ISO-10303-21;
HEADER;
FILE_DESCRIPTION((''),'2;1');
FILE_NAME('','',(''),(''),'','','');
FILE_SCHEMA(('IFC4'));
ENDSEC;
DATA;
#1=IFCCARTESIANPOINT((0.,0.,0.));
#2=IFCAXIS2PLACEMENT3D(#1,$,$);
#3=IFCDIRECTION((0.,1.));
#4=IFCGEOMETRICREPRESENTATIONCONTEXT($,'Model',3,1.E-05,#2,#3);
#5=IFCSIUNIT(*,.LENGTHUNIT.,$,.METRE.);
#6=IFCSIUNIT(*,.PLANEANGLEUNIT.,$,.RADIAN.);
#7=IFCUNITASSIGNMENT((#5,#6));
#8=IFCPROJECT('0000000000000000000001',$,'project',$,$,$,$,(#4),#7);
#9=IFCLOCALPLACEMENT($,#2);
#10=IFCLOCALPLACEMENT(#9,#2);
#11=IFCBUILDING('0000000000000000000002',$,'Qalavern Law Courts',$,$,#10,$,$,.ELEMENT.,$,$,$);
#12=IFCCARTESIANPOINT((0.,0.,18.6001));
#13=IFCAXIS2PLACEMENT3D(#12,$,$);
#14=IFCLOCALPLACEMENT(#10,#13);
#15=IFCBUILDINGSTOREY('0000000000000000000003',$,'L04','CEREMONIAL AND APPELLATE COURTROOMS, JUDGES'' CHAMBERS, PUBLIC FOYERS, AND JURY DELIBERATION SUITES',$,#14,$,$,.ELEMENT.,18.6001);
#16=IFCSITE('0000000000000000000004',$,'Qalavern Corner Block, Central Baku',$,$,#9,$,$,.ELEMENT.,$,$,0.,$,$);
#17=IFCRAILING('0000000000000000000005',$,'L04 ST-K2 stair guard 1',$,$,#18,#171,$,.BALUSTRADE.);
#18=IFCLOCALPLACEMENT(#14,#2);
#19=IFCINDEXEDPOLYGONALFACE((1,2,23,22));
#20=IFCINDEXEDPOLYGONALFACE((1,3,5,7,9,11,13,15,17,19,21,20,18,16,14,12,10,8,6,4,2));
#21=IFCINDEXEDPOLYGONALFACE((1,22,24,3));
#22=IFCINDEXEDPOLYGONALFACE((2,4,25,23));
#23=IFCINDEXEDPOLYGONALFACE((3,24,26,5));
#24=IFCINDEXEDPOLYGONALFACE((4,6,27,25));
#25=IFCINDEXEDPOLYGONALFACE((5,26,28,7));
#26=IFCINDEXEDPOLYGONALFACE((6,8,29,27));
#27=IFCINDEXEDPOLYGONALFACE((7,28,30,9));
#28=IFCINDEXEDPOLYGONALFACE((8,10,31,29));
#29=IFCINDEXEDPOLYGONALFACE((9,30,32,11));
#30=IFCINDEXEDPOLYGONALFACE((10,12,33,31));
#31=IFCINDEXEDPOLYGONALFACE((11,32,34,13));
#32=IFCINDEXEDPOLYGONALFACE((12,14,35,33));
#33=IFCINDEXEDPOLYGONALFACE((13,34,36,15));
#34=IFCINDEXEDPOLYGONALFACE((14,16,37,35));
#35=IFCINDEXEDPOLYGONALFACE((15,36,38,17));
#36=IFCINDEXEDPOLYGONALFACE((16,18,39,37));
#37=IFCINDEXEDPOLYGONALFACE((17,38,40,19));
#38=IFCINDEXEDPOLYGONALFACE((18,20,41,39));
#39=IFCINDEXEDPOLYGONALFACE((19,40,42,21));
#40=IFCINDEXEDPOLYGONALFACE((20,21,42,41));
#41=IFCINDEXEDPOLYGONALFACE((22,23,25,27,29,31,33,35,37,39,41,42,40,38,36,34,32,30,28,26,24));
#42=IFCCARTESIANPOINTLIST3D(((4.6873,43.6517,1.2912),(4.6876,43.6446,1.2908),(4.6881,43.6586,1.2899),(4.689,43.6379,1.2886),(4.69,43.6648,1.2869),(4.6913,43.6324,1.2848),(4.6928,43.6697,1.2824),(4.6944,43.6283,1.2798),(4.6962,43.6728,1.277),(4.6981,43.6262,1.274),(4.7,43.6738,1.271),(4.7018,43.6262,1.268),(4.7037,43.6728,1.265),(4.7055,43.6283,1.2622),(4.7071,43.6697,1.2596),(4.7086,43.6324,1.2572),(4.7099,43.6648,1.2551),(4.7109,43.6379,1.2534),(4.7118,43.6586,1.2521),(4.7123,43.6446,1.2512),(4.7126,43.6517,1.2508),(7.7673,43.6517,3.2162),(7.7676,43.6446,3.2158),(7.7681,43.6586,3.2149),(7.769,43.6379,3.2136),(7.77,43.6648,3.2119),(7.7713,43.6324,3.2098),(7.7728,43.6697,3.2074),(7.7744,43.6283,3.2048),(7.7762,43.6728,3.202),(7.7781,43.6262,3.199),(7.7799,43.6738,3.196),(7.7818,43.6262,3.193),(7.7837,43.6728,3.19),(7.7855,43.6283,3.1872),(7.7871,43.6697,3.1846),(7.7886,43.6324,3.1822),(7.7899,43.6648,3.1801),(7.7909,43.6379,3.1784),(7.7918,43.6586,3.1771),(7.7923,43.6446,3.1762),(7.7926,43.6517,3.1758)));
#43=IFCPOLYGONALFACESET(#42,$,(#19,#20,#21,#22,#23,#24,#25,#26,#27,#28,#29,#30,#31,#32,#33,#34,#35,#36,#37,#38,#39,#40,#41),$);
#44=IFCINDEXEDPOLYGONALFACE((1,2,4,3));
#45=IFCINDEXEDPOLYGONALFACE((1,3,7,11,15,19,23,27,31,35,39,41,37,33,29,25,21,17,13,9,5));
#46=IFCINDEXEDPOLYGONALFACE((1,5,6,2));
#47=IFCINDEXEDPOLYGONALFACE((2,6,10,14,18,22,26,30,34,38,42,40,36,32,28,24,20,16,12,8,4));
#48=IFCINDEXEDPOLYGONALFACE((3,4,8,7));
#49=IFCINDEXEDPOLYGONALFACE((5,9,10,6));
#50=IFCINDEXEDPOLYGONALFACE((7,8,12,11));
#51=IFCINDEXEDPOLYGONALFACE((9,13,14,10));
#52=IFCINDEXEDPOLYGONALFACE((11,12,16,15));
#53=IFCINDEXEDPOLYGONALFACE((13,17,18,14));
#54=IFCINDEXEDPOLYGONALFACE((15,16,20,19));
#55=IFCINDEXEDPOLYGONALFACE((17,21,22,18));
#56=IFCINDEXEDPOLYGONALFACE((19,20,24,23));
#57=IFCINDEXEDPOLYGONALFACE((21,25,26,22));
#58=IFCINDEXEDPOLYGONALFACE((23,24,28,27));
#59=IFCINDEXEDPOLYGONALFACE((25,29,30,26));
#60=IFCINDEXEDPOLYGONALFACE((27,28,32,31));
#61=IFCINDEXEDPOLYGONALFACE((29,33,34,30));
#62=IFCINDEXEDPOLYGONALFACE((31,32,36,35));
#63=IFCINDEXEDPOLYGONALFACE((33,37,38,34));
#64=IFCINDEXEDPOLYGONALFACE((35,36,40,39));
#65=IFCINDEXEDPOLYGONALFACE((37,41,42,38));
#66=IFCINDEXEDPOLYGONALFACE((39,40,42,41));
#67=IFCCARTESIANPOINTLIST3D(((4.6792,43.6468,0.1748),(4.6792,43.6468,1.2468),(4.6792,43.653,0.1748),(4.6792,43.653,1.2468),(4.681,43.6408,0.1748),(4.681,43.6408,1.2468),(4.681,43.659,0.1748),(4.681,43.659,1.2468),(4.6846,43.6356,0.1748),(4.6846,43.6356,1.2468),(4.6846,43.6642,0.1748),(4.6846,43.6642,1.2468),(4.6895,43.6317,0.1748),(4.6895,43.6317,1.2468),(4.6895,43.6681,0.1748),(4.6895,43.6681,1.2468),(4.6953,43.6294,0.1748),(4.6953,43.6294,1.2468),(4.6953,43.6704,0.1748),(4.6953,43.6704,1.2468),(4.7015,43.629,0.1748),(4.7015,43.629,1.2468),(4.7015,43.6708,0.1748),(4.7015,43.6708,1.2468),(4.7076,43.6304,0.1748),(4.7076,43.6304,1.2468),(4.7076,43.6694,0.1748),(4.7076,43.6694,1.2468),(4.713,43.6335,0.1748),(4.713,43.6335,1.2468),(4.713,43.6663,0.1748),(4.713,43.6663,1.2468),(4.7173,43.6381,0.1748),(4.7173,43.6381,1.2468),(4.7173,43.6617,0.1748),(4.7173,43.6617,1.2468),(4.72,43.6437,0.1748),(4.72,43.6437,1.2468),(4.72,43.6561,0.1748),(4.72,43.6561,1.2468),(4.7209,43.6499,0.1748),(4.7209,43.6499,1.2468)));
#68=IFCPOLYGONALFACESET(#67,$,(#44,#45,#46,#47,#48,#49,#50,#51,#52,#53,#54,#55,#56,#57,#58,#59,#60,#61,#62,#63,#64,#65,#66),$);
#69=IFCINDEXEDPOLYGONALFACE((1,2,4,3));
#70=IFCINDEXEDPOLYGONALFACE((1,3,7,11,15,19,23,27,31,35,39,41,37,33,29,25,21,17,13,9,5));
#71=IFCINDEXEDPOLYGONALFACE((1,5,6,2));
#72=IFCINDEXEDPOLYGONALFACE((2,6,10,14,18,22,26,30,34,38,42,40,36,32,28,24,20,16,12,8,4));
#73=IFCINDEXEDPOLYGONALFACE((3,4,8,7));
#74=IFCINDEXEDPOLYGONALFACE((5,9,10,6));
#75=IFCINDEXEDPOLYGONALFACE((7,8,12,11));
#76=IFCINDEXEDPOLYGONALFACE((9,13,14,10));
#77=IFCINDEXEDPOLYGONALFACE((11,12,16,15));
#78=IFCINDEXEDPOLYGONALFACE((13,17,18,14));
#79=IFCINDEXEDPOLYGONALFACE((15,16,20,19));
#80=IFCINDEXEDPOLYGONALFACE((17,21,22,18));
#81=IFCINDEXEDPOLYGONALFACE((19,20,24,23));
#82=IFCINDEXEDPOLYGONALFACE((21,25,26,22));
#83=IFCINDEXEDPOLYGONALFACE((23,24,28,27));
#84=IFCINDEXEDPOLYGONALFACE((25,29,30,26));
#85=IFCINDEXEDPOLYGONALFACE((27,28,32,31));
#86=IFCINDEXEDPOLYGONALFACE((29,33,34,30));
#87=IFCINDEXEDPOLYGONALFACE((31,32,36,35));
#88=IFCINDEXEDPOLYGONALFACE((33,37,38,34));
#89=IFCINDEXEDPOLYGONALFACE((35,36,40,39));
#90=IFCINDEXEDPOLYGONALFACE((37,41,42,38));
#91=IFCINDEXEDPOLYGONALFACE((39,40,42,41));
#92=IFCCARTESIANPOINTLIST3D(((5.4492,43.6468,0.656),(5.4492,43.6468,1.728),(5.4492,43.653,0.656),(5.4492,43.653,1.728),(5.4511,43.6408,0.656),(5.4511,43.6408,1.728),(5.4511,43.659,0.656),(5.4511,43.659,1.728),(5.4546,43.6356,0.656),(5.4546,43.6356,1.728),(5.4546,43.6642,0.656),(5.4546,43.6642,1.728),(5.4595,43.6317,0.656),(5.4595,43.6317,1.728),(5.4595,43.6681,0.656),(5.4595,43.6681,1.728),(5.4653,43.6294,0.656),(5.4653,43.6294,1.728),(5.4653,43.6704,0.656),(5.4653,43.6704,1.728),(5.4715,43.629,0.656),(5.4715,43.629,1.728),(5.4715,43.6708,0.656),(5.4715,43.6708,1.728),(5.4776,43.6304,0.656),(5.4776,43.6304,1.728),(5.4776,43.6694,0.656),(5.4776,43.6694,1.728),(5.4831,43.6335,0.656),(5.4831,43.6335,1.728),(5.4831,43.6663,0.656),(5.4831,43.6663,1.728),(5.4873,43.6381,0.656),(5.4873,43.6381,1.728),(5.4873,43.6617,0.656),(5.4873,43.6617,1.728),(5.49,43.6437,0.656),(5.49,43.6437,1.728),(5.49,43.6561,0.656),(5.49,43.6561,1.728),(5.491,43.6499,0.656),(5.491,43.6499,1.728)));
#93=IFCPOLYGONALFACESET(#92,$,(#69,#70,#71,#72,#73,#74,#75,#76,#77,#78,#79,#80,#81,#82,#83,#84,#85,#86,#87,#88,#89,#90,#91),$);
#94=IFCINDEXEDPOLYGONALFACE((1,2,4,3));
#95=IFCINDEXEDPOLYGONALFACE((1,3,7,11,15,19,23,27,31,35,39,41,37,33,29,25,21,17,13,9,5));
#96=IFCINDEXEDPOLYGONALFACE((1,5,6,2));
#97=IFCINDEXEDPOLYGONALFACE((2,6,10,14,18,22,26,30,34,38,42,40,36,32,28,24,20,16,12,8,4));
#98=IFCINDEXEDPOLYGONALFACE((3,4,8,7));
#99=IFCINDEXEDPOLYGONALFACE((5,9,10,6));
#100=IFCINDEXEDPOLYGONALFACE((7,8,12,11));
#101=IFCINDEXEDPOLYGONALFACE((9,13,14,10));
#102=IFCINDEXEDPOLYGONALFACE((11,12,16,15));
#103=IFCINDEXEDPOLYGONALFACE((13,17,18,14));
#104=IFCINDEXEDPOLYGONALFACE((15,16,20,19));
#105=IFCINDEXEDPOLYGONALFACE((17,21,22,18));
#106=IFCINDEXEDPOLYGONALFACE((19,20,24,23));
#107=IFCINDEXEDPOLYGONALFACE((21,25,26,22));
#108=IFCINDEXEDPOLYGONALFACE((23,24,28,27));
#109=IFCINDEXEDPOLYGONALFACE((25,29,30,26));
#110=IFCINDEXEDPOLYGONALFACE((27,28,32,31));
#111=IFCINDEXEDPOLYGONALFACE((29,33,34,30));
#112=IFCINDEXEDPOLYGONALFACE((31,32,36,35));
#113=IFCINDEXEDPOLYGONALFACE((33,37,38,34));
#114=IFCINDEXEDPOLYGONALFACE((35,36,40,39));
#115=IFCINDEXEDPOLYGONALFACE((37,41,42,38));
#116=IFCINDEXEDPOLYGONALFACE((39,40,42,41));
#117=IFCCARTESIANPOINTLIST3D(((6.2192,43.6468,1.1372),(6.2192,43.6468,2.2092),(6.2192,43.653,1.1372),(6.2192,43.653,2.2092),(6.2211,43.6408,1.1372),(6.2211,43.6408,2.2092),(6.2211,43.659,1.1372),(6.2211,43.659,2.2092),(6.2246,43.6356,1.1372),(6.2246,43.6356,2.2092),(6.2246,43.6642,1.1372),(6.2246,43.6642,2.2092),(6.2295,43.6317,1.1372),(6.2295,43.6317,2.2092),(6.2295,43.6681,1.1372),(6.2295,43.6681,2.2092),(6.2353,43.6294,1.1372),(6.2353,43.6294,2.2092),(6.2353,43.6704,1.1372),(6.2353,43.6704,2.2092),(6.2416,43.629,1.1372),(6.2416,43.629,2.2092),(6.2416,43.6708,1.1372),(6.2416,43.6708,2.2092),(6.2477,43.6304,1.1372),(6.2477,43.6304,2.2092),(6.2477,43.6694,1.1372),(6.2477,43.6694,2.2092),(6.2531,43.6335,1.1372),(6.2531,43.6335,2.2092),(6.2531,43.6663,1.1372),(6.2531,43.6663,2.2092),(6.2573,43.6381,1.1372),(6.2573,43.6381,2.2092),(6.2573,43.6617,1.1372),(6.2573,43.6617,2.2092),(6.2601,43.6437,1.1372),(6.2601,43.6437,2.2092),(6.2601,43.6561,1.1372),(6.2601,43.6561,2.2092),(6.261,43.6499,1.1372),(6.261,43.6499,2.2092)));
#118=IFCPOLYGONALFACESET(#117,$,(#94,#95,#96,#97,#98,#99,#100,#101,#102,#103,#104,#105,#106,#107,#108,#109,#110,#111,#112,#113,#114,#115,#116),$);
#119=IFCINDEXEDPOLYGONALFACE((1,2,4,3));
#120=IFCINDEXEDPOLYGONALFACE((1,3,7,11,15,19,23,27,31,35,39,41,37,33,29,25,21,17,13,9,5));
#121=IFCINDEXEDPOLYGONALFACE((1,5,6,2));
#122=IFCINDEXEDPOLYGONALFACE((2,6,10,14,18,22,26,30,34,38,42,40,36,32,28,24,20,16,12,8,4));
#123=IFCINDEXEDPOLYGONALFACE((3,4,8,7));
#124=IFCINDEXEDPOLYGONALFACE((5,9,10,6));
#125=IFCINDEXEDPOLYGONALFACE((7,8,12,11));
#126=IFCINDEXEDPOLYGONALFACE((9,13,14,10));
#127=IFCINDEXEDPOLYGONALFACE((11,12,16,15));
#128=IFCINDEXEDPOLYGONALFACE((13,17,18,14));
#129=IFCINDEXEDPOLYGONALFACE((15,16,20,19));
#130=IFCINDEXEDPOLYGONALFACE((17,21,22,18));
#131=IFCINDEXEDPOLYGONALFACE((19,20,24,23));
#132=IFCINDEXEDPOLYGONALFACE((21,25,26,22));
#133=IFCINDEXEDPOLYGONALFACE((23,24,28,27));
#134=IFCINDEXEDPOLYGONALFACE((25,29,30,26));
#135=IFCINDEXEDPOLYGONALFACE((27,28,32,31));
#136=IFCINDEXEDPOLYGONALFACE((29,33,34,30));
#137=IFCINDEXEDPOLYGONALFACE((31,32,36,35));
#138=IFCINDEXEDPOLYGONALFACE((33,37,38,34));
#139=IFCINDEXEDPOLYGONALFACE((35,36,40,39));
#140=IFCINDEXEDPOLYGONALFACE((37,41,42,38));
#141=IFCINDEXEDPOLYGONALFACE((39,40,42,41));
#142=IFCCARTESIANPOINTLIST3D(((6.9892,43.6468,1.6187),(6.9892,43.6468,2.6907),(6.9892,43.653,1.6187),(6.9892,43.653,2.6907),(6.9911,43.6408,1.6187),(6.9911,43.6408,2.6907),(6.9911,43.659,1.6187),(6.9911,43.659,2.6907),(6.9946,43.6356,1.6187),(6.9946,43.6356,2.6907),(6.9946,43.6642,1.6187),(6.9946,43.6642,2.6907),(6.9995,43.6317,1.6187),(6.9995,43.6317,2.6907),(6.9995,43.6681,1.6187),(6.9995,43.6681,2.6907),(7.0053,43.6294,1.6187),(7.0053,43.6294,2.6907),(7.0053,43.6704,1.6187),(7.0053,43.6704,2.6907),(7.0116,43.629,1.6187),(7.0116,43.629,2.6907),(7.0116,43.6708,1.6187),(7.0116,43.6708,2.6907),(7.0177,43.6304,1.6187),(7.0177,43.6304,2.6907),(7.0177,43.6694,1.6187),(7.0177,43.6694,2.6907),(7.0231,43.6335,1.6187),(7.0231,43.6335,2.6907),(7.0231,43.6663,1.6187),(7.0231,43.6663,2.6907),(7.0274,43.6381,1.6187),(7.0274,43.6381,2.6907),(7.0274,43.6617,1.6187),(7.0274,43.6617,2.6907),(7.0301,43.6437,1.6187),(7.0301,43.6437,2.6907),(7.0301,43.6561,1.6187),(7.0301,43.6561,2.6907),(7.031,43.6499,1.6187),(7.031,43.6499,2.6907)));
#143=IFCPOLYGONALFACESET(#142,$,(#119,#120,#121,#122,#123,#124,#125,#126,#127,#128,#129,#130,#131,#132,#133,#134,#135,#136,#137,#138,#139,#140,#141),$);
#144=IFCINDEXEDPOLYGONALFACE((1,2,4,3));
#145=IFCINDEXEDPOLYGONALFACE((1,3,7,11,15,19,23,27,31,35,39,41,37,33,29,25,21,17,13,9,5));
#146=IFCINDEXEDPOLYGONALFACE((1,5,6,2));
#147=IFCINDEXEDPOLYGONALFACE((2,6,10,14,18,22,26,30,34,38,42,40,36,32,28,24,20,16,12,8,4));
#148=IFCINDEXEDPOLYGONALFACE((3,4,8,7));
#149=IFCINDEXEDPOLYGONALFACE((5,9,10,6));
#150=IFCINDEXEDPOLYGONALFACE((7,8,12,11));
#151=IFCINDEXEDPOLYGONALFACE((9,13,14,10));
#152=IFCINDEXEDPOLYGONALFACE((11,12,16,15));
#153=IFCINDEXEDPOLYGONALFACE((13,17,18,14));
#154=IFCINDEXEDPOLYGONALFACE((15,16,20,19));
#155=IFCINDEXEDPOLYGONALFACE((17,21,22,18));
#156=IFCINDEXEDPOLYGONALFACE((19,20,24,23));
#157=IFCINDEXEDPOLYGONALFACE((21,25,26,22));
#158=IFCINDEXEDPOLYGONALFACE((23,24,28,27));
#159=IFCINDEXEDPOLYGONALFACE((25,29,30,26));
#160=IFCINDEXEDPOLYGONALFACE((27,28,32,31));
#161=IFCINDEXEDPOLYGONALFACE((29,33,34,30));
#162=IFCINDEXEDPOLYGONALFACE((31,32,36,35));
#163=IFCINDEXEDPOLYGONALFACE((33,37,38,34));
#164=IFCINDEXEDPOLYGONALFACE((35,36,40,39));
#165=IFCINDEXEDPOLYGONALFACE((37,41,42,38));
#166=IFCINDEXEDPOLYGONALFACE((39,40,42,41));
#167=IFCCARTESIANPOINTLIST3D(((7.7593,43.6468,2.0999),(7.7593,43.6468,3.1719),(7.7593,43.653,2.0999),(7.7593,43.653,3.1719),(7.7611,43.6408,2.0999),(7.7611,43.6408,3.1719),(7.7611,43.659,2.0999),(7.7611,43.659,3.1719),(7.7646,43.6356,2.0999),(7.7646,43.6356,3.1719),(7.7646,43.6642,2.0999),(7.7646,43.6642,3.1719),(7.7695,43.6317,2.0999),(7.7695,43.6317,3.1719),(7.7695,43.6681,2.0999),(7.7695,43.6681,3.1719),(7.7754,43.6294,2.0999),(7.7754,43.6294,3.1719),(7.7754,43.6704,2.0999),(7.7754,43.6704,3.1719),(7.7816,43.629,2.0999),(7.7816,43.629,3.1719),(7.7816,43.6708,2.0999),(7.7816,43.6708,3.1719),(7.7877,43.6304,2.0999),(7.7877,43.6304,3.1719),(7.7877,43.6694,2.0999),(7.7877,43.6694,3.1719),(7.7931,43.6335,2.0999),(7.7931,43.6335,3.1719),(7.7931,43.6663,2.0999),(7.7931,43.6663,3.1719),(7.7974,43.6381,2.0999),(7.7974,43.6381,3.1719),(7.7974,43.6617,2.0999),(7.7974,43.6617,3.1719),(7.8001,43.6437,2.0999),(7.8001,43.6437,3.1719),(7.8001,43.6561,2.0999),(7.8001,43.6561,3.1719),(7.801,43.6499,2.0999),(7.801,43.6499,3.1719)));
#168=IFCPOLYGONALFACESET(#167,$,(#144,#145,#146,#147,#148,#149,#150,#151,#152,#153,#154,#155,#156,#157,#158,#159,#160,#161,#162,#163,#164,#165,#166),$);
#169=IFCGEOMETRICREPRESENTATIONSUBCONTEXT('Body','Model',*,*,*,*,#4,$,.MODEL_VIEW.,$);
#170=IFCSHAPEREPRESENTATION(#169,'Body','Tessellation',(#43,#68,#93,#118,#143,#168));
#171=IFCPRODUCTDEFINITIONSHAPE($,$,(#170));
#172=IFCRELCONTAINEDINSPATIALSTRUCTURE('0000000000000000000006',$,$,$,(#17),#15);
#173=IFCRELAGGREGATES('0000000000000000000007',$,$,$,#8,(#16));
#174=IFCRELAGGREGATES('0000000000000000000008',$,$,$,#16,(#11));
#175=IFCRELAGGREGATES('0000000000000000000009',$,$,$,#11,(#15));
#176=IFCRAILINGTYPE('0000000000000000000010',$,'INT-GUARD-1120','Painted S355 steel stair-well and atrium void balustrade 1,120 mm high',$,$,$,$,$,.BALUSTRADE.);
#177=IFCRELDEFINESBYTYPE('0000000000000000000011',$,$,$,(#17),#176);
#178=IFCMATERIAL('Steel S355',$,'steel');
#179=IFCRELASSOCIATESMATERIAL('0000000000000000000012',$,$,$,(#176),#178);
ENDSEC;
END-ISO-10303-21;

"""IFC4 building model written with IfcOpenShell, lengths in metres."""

from ifc_helpers import new_model, si_unit, direction, frame, origin, origin_2d, place, context, subcontext, project, spatial, circle, extrude, material, type_object, element, save


model = new_model("IFC4")

# Units and contexts
model_context = context("Model", 3, precision=1e-05, world=origin(), true_north=direction((0.0, 1.0)))
body_context = subcontext(model_context, "Body", "Model", "MODEL_VIEW")
ifc_project = project(units=[si_unit("LENGTHUNIT", "METRE"), si_unit("PLANEANGLEUNIT", "RADIAN")], contexts=[model_context])

# Site, building, storey
site_placement = place(None, origin())
site = spatial("IfcSite", under=ifc_project, at=site_placement, Name="Qalavern Corner Block, Central Baku", CompositionType="ELEMENT", RefElevation=0.0)
building_placement = place(site_placement, origin())
building = spatial("IfcBuilding", under=site, at=building_placement, Name="Qalavern Law Courts", CompositionType="ELEMENT")
storey_placement = place(building_placement, frame((0.0, 0.0, 18.6001)))
storey = spatial("IfcBuildingStorey", under=building, at=storey_placement, Name="L04", Description="CEREMONIAL AND APPELLATE COURTROOMS, JUDGES' CHAMBERS, PUBLIC FOYERS, AND JURY DELIBERATION SUITES", CompositionType="ELEMENT", Elevation=18.6001)

# Railing
ifc_material_1 = material(Name="Steel S355", Category="steel")
railing_type_1 = type_object("IfcRailingType", Name="INT-GUARD-1120", Description="Painted S355 steel stair-well and atrium void balustrade 1,120 mm high", PredefinedType="BALUSTRADE", material=ifc_material_1)
railing_1_placement = place(storey_placement, frame((4.7, 43.6499, 0.1748)))
element("IfcRailing", 1, at=railing_1_placement, inside=storey, type_object=railing_type_1, Name="L04 ST-K2 stair guard 1", PredefinedType="BALUSTRADE", context=body_context, shape_type="SweptSolid", body=[
    extrude(circle(Radius=0.0239, at=origin_2d()), frame((0.0, 0.0, 1.0962), z_axis=(0.847998, 0.0, 0.529999), x_axis=(0.0, 1.0, 0.0)), (0.0, 0.0, 1.0), 3.6321),
    extrude(circle(Radius=0.021, at=origin_2d()), origin(), (0.0, 0.0, 1.0), 1.072),
    extrude(circle(Radius=0.021, at=origin_2d()), frame((0.77, 0.0, 0.4812)), (0.0, 0.0, 1.0), 1.072),
    extrude(circle(Radius=0.021, at=origin_2d()), frame((1.54, 0.0, 0.9624)), (0.0, 0.0, 1.0), 1.072),
    extrude(circle(Radius=0.021, at=origin_2d()), frame((2.3101, 0.0, 1.4438)), (0.0, 0.0, 1.0), 1.072),
    extrude(circle(Radius=0.021, at=origin_2d()), frame((3.0801, 0.0, 1.925)), (0.0, 0.0, 1.0), 1.072),
])

save(model, "model.ifc")
